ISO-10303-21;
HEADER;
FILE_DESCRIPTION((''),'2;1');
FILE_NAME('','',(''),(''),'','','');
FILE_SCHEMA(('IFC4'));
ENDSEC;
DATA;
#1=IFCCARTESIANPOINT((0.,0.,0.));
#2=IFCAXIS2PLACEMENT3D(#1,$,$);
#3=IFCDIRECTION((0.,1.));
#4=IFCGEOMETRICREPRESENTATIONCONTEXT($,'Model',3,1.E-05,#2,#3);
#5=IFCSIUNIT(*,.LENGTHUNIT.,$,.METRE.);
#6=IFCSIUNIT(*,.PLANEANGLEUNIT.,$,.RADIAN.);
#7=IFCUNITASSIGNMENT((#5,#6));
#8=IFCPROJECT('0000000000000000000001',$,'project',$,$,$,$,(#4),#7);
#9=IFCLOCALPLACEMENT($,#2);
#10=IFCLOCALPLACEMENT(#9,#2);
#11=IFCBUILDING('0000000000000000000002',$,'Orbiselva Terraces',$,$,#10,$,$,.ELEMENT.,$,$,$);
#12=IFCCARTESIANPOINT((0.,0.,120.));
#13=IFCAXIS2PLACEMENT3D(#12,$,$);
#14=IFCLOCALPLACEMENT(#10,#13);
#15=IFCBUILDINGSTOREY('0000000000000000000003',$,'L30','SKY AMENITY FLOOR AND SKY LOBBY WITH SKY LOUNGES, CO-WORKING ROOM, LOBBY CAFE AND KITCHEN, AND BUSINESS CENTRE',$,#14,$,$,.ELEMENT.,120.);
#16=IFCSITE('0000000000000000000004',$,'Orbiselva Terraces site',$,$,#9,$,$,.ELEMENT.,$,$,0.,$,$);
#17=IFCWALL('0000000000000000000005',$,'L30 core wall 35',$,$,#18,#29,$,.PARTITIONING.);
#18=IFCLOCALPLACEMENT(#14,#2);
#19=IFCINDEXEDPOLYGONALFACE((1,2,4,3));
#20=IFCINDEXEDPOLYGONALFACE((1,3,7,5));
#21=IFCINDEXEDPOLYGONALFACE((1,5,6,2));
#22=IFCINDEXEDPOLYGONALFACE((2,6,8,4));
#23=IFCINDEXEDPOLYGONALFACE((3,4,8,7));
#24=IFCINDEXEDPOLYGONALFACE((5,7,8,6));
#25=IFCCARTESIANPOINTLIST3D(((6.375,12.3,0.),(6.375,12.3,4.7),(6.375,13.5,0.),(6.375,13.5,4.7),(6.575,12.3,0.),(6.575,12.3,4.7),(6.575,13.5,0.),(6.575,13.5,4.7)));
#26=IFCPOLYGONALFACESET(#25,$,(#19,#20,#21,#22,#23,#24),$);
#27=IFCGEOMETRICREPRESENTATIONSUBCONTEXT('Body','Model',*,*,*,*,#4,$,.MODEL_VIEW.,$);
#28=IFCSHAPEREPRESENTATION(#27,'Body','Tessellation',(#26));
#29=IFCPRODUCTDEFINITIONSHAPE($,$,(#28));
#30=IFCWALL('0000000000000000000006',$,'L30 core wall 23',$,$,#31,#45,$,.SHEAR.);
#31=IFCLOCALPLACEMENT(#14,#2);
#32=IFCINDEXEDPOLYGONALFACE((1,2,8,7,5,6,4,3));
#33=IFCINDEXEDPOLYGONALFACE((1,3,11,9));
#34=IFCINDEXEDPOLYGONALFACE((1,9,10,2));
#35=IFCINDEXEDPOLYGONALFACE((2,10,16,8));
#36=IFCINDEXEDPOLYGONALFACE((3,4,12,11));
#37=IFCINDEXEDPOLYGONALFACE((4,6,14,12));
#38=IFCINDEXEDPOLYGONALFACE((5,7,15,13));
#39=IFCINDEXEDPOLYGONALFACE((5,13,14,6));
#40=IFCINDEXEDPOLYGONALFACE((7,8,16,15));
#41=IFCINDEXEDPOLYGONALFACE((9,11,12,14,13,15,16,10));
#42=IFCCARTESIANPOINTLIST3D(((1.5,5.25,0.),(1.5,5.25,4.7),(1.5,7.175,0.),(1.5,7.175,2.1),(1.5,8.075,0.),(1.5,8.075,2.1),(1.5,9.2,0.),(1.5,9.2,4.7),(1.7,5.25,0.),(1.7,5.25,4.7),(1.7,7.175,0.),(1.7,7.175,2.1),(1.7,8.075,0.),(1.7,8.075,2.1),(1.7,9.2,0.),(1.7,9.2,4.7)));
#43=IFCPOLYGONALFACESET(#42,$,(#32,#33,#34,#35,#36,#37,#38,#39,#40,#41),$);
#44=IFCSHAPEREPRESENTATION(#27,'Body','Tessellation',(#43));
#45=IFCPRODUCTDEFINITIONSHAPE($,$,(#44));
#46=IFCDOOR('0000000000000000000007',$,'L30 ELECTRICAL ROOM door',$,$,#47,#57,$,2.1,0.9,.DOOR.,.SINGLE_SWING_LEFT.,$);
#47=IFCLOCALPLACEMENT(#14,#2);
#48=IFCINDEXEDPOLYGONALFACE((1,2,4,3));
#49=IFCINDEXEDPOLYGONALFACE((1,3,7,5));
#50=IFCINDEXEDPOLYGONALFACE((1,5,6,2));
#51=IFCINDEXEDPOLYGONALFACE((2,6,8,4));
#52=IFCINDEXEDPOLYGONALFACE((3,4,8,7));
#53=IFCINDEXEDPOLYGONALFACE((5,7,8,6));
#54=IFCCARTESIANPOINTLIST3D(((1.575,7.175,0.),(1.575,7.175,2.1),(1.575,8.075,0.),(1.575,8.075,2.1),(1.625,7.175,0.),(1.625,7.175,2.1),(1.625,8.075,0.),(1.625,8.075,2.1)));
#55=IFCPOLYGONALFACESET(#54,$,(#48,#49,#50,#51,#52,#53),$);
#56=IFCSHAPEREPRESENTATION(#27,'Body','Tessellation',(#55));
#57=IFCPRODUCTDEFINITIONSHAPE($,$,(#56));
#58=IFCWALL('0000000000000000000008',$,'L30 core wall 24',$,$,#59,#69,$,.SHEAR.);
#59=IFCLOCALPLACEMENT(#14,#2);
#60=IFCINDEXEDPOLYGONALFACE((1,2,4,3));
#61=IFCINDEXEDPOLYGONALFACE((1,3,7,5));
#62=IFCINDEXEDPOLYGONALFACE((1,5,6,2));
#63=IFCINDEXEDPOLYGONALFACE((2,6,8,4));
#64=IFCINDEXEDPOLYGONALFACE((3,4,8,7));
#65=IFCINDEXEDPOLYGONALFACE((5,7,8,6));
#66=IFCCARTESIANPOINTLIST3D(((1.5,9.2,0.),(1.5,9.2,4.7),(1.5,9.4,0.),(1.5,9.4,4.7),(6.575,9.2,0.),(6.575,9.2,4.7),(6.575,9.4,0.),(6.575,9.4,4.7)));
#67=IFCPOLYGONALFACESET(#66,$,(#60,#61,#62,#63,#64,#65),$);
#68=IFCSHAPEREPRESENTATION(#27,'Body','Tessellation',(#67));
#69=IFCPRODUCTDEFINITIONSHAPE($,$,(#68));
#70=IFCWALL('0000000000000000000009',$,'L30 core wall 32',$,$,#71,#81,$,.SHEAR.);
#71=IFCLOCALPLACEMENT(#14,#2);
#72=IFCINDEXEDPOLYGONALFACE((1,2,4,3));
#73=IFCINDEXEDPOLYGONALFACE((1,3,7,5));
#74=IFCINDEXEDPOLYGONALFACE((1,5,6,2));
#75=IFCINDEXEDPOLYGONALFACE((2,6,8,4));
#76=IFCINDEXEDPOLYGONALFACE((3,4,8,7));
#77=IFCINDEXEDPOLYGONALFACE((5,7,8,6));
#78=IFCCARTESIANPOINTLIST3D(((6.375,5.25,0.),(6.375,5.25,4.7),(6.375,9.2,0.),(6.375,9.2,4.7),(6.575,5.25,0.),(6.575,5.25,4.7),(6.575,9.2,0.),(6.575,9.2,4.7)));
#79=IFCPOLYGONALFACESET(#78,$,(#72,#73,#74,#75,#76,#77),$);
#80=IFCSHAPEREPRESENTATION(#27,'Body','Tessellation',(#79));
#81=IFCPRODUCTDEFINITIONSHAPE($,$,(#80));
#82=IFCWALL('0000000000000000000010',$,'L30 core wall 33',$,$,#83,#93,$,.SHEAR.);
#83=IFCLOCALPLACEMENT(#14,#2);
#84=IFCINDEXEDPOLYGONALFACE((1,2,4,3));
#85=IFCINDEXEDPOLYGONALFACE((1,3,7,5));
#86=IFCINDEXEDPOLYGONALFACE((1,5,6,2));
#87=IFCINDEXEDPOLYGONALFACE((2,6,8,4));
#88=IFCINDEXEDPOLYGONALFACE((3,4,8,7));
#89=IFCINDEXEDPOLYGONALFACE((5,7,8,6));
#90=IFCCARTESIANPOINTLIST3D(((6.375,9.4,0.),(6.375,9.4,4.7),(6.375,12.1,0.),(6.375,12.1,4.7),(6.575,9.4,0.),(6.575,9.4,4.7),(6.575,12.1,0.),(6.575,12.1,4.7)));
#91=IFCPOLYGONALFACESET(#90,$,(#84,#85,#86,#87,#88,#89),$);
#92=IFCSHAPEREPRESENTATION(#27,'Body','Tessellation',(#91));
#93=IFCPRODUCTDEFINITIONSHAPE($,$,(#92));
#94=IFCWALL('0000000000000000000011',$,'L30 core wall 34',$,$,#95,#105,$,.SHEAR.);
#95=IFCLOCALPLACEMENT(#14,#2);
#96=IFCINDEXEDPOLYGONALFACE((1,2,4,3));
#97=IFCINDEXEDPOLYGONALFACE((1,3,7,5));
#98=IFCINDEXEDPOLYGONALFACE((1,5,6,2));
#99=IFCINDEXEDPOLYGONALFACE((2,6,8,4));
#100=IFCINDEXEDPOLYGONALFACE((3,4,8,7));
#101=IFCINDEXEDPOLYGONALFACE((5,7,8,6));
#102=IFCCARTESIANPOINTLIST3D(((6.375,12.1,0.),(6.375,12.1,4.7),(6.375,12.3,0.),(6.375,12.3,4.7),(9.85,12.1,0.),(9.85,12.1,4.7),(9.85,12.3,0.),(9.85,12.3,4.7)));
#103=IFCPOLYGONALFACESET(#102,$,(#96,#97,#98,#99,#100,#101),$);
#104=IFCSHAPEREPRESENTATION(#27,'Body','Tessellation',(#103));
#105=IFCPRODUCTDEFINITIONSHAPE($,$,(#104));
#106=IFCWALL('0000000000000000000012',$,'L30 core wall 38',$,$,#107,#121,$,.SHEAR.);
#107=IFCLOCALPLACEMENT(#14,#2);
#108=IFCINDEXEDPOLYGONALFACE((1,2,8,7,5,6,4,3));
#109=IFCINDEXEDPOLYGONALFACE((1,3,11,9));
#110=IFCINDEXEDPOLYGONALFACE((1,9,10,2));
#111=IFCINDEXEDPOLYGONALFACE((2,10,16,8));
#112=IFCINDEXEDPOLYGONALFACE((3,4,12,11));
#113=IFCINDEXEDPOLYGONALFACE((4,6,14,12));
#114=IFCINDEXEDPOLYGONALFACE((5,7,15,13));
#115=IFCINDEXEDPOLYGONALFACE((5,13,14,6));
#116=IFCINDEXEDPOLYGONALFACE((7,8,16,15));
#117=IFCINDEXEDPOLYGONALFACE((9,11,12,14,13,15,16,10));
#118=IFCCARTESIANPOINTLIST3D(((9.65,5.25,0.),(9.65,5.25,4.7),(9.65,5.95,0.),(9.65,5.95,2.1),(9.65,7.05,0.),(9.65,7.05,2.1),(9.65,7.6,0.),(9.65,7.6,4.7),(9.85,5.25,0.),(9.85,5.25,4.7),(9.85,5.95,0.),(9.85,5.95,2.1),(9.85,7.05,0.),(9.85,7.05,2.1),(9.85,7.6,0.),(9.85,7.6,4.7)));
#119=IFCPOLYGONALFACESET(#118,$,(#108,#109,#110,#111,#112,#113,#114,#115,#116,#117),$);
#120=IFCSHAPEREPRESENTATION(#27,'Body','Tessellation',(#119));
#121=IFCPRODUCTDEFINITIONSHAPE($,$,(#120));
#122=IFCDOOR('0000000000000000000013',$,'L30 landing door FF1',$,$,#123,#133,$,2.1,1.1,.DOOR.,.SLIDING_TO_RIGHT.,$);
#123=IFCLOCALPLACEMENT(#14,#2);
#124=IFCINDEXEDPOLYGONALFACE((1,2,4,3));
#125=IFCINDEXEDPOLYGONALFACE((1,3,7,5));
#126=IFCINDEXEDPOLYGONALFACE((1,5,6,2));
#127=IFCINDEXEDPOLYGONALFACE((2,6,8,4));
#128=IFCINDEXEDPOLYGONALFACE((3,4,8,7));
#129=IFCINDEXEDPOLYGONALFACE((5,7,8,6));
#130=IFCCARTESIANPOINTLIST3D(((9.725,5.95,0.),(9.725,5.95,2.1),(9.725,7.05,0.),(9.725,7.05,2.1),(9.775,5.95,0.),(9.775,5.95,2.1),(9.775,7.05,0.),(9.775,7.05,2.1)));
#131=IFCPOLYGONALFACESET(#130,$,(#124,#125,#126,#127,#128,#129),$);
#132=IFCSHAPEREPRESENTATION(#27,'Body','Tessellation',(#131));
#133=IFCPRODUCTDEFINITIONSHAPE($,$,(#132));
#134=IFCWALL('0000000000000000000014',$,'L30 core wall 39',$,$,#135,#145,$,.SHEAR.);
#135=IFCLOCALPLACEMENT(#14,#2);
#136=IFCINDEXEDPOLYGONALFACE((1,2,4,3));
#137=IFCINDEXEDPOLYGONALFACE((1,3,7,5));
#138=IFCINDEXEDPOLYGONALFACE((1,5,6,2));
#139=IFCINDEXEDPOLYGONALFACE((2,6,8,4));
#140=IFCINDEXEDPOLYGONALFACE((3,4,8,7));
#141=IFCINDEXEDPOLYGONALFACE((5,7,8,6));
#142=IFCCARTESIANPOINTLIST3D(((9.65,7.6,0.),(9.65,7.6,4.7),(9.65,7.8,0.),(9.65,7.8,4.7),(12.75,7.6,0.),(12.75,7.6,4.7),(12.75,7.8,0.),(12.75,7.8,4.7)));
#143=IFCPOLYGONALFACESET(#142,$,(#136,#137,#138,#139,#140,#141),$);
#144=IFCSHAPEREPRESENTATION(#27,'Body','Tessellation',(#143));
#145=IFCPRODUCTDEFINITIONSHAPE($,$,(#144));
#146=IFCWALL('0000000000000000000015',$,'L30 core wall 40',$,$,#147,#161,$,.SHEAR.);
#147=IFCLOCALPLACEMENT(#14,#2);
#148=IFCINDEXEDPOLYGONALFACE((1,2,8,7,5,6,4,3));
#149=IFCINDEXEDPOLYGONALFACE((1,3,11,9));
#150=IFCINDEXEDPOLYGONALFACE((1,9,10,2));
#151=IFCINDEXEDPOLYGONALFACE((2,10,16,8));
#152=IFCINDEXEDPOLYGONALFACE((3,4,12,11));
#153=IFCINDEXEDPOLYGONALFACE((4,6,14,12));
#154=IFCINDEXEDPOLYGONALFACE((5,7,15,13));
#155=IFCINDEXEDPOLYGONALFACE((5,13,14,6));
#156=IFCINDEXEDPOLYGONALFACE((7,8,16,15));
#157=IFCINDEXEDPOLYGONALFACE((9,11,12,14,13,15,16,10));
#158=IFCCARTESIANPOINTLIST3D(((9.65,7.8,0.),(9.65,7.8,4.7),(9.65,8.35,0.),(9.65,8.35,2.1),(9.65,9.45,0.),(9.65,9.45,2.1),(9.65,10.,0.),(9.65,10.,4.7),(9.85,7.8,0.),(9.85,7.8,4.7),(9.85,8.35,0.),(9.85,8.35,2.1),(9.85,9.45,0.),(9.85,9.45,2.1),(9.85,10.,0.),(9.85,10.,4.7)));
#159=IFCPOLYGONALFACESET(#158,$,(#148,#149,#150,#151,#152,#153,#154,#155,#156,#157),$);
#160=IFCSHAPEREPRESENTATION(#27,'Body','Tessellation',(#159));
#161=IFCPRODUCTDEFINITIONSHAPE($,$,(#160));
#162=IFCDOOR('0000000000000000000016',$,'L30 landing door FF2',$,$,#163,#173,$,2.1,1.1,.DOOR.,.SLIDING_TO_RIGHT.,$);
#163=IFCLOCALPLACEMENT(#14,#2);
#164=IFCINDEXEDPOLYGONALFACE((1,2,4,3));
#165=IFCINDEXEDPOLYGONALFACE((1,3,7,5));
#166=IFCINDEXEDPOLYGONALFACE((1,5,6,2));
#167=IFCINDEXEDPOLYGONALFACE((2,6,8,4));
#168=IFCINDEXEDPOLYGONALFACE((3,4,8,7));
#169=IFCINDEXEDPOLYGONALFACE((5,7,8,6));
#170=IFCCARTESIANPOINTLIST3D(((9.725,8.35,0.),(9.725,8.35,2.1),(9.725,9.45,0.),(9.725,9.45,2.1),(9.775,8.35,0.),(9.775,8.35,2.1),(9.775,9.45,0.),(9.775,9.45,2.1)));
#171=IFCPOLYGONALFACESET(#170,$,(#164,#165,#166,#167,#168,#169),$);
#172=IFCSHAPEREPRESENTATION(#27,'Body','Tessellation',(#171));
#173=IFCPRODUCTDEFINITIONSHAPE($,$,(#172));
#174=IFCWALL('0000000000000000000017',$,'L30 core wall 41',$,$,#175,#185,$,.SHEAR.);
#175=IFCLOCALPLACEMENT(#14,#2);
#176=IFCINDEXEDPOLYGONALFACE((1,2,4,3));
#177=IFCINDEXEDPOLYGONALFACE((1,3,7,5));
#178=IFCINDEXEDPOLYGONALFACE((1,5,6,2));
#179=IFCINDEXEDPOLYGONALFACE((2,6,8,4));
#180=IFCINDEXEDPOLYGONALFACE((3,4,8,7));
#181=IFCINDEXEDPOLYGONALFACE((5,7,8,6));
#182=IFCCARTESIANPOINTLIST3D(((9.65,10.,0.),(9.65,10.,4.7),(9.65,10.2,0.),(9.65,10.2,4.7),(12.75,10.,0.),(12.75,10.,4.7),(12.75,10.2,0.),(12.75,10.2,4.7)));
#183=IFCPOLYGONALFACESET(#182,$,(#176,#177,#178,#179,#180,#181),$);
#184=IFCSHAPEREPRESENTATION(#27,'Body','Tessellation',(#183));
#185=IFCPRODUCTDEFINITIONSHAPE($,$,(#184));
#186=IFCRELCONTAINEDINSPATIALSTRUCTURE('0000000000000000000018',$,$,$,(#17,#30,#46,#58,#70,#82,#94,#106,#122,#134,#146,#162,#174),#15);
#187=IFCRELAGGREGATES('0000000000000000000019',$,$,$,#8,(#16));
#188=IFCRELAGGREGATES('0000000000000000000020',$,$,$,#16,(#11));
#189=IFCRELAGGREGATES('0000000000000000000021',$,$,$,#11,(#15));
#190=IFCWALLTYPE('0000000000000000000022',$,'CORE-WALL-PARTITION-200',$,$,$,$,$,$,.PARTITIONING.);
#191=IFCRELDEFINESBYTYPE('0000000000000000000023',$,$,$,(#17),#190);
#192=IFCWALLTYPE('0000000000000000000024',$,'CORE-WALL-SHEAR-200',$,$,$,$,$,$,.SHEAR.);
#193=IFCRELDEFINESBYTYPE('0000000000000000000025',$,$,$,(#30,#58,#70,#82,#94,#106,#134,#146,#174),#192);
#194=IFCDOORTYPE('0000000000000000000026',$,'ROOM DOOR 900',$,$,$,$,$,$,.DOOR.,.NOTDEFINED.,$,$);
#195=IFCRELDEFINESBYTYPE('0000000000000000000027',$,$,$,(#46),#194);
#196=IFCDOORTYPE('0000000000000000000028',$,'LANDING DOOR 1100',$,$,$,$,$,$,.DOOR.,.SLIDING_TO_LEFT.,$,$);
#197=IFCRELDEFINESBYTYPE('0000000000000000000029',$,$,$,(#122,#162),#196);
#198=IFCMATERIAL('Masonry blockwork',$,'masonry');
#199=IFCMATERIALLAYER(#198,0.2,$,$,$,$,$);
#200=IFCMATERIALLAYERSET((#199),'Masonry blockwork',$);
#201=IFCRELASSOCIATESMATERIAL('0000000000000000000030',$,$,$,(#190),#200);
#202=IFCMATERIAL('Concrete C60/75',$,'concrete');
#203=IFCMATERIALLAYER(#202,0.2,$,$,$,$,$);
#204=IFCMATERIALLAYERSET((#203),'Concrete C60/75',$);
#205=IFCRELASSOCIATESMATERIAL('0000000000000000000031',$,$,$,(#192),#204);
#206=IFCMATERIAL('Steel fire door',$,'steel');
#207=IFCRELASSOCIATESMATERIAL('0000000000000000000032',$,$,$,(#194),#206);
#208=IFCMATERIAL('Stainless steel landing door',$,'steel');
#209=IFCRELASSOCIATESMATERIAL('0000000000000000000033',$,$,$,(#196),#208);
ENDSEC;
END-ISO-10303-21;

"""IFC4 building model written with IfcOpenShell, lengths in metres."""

from ifc_helpers import new_model, si_unit, direction, frame, frame_2d, origin, place, context, subcontext, project, spatial, rectangle, extrude, material, layer, layer_set, type_object, element, fill, save


model = new_model("IFC4")

# Units and contexts
model_context = context("Model", 3, precision=1e-05, world=origin(), true_north=direction((0.0, 1.0)))
body_context = subcontext(model_context, "Body", "Model", "MODEL_VIEW")
ifc_project = project(units=[si_unit("LENGTHUNIT", "METRE"), si_unit("PLANEANGLEUNIT", "RADIAN")], contexts=[model_context])

# Site, building, storey
site_placement = place(None, origin())
site = spatial("IfcSite", under=ifc_project, at=site_placement, Name="Orbiselva Terraces site", CompositionType="ELEMENT", RefElevation=0.0)
building_placement = place(site_placement, origin())
building = spatial("IfcBuilding", under=site, at=building_placement, Name="Orbiselva Terraces", CompositionType="ELEMENT")
storey_placement = place(building_placement, frame((0.0, 0.0, 120.0)))
storey = spatial("IfcBuildingStorey", under=building, at=storey_placement, Name="L30", Description="SKY AMENITY FLOOR AND SKY LOBBY WITH SKY LOUNGES, CO-WORKING ROOM, LOBBY CAFE AND KITCHEN, AND BUSINESS CENTRE", CompositionType="ELEMENT", Elevation=120.0)

# Wall
ifc_material_1 = material(Name="Masonry blockwork", Category="masonry")
ifc_layer_1 = layer(ifc_material_1, 0.2)
ifc_layer_set_1 = layer_set([ifc_layer_1], Name="Masonry blockwork")
wall_type_1 = type_object("IfcWallType", Name="CORE-WALL-PARTITION-200", PredefinedType="PARTITIONING", material=ifc_layer_set_1)
wall_1_placement = place(storey_placement, frame((6.475, 12.3, 0.0), z_axis=(0.0, 0.0, 1.0), x_axis=(0.0, 1.0, 0.0)))
element("IfcWall", 1, at=wall_1_placement, inside=storey, type_object=wall_type_1, Name="L30 core wall 35", PredefinedType="PARTITIONING", context=body_context, shape_type="SweptSolid", body=[
    extrude(rectangle(XDim=1.2, YDim=0.2, at=frame_2d((0.6, 0.0))), origin(), (0.0, 0.0, 1.0), 4.7),
])

# Wall, opening, door
ifc_material_2 = material(Name="Concrete C60/75", Category="concrete")
ifc_layer_2 = layer(ifc_material_2, 0.2)
ifc_layer_set_2 = layer_set([ifc_layer_2], Name="Concrete C60/75")
wall_type_2 = type_object("IfcWallType", Name="CORE-WALL-SHEAR-200", PredefinedType="SHEAR", material=ifc_layer_set_2)
wall_2_placement = place(storey_placement, frame((1.6, 9.2, 0.0), z_axis=(0.0, 0.0, 1.0), x_axis=(0.0, -1.0, 0.0)))
wall_2 = element("IfcWall", 2, at=wall_2_placement, inside=storey, type_object=wall_type_2, Name="L30 core wall 23", PredefinedType="SHEAR", context=body_context, shape_type="SweptSolid", body=[
    extrude(rectangle(XDim=3.95, YDim=0.2, at=frame_2d((1.975, 0.0))), origin(), (0.0, 0.0, 1.0), 4.7),
])
opening_1_placement = place(wall_2_placement, frame((1.125, 0.0, 0.0)))
opening_1 = element("IfcOpeningElement", 3, at=opening_1_placement, cuts=wall_2, PredefinedType="OPENING", context=body_context, shape_type="SweptSolid", body=[
    extrude(rectangle(XDim=0.9, YDim=2.1, at=frame_2d((0.45, 1.05))), frame((0.0, 0.11, 0.0), z_axis=(0.0, -1.0, 0.0), x_axis=(1.0, 0.0, 0.0)), (0.0, 0.0, 1.0), 0.22),
])
ifc_material_3 = material(Name="Steel fire door", Category="steel")
door_type_1 = type_object("IfcDoorType", Name="ROOM DOOR 900", OperationType="NOTDEFINED", PredefinedType="DOOR", material=ifc_material_3)
door_1_placement = place(opening_1_placement, origin())
door_1 = element("IfcDoor", 4, at=door_1_placement, inside=storey, type_object=door_type_1, Name="L30 ELECTRICAL ROOM door", OperationType="SINGLE_SWING_LEFT", OverallHeight=2.1, OverallWidth=0.9, PredefinedType="DOOR", context=body_context, shape_type="SweptSolid", body=[
    extrude(rectangle(XDim=0.9, YDim=2.1, at=frame_2d((0.45, 1.05))), frame((0.0, 0.025, 0.0), z_axis=(0.0, -1.0, 0.0), x_axis=(1.0, 0.0, 0.0)), (0.0, 0.0, 1.0), 0.05),
])
fill(opening_1, door_1)

# Walls
wall_3_placement = place(storey_placement, frame((1.5, 9.3, 0.0), z_axis=(0.0, 0.0, 1.0), x_axis=(1.0, 0.0, 0.0)))
element("IfcWall", 5, at=wall_3_placement, inside=storey, type_object=wall_type_2, Name="L30 core wall 24", PredefinedType="SHEAR", context=body_context, shape_type="SweptSolid", body=[
    extrude(rectangle(XDim=5.075, YDim=0.2, at=frame_2d((2.5375, 0.0))), origin(), (0.0, 0.0, 1.0), 4.7),
])
wall_4_placement = place(storey_placement, frame((6.475, 5.25, 0.0), z_axis=(0.0, 0.0, 1.0), x_axis=(0.0, 1.0, 0.0)))
element("IfcWall", 6, at=wall_4_placement, inside=storey, type_object=wall_type_2, Name="L30 core wall 32", PredefinedType="SHEAR", context=body_context, shape_type="SweptSolid", body=[
    extrude(rectangle(XDim=3.95, YDim=0.2, at=frame_2d((1.975, 0.0))), origin(), (0.0, 0.0, 1.0), 4.7),
])
wall_5_placement = place(storey_placement, frame((6.475, 9.4, 0.0), z_axis=(0.0, 0.0, 1.0), x_axis=(0.0, 1.0, 0.0)))
element("IfcWall", 7, at=wall_5_placement, inside=storey, type_object=wall_type_2, Name="L30 core wall 33", PredefinedType="SHEAR", context=body_context, shape_type="SweptSolid", body=[
    extrude(rectangle(XDim=2.7, YDim=0.2, at=frame_2d((1.35, 0.0))), origin(), (0.0, 0.0, 1.0), 4.7),
])
wall_6_placement = place(storey_placement, frame((6.375, 12.2, 0.0), z_axis=(0.0, 0.0, 1.0), x_axis=(1.0, 0.0, 0.0)))
element("IfcWall", 8, at=wall_6_placement, inside=storey, type_object=wall_type_2, Name="L30 core wall 34", PredefinedType="SHEAR", context=body_context, shape_type="SweptSolid", body=[
    extrude(rectangle(XDim=3.475, YDim=0.2, at=frame_2d((1.7375, 0.0))), origin(), (0.0, 0.0, 1.0), 4.7),
])

# Wall, opening, door
wall_7_placement = place(storey_placement, frame((9.75, 5.25, 0.0), z_axis=(0.0, 0.0, 1.0), x_axis=(0.0, 1.0, 0.0)))
wall_7 = element("IfcWall", 9, at=wall_7_placement, inside=storey, type_object=wall_type_2, Name="L30 core wall 38", PredefinedType="SHEAR", context=body_context, shape_type="SweptSolid", body=[
    extrude(rectangle(XDim=2.35, YDim=0.2, at=frame_2d((1.175, 0.0))), origin(), (0.0, 0.0, 1.0), 4.7),
])
opening_2_placement = place(wall_7_placement, frame((0.7, 0.0, 0.0)))
opening_2 = element("IfcOpeningElement", 10, at=opening_2_placement, cuts=wall_7, PredefinedType="OPENING", context=body_context, shape_type="SweptSolid", body=[
    extrude(rectangle(XDim=1.1, YDim=2.1, at=frame_2d((0.55, 1.05))), frame((0.0, 0.11, 0.0), z_axis=(0.0, -1.0, 0.0), x_axis=(1.0, 0.0, 0.0)), (0.0, 0.0, 1.0), 0.22),
])
ifc_material_4 = material(Name="Stainless steel landing door", Category="steel")
door_type_2 = type_object("IfcDoorType", Name="LANDING DOOR 1100", OperationType="SLIDING_TO_LEFT", PredefinedType="DOOR", material=ifc_material_4)
door_2_placement = place(opening_2_placement, origin())
door_2 = element("IfcDoor", 11, at=door_2_placement, inside=storey, type_object=door_type_2, Name="L30 landing door FF1", OperationType="SLIDING_TO_RIGHT", OverallHeight=2.1, OverallWidth=1.1, PredefinedType="DOOR", context=body_context, shape_type="SweptSolid", body=[
    extrude(rectangle(XDim=1.1, YDim=2.1, at=frame_2d((0.55, 1.05))), frame((0.0, 0.025, 0.0), z_axis=(0.0, -1.0, 0.0), x_axis=(1.0, 0.0, 0.0)), (0.0, 0.0, 1.0), 0.05),
])
fill(opening_2, door_2)

# Wall
wall_8_placement = place(storey_placement, frame((9.65, 7.7, 0.0), z_axis=(0.0, 0.0, 1.0), x_axis=(1.0, 0.0, 0.0)))
element("IfcWall", 12, at=wall_8_placement, inside=storey, type_object=wall_type_2, Name="L30 core wall 39", PredefinedType="SHEAR", context=body_context, shape_type="SweptSolid", body=[
    extrude(rectangle(XDim=3.1, YDim=0.2, at=frame_2d((1.55, 0.0))), origin(), (0.0, 0.0, 1.0), 4.7),
])

# Wall, opening, door
wall_9_placement = place(storey_placement, frame((9.75, 7.8, 0.0), z_axis=(0.0, 0.0, 1.0), x_axis=(0.0, 1.0, 0.0)))
wall_9 = element("IfcWall", 13, at=wall_9_placement, inside=storey, type_object=wall_type_2, Name="L30 core wall 40", PredefinedType="SHEAR", context=body_context, shape_type="SweptSolid", body=[
    extrude(rectangle(XDim=2.2, YDim=0.2, at=frame_2d((1.1, 0.0))), origin(), (0.0, 0.0, 1.0), 4.7),
])
opening_3_placement = place(wall_9_placement, frame((0.55, 0.0, 0.0)))
opening_3 = element("IfcOpeningElement", 14, at=opening_3_placement, cuts=wall_9, PredefinedType="OPENING", context=body_context, shape_type="SweptSolid", body=[
    extrude(rectangle(XDim=1.1, YDim=2.1, at=frame_2d((0.55, 1.05))), frame((0.0, 0.11, 0.0), z_axis=(0.0, -1.0, 0.0), x_axis=(1.0, 0.0, 0.0)), (0.0, 0.0, 1.0), 0.22),
])
door_3_placement = place(opening_3_placement, origin())
door_3 = element("IfcDoor", 15, at=door_3_placement, inside=storey, type_object=door_type_2, Name="L30 landing door FF2", OperationType="SLIDING_TO_RIGHT", OverallHeight=2.1, OverallWidth=1.1, PredefinedType="DOOR", context=body_context, shape_type="SweptSolid", body=[
    extrude(rectangle(XDim=1.1, YDim=2.1, at=frame_2d((0.55, 1.05))), frame((0.0, 0.025, 0.0), z_axis=(0.0, -1.0, 0.0), x_axis=(1.0, 0.0, 0.0)), (0.0, 0.0, 1.0), 0.05),
])
fill(opening_3, door_3)

# Wall
wall_10_placement = place(storey_placement, frame((9.65, 10.1, 0.0), z_axis=(0.0, 0.0, 1.0), x_axis=(1.0, 0.0, 0.0)))
element("IfcWall", 16, at=wall_10_placement, inside=storey, type_object=wall_type_2, Name="L30 core wall 41", PredefinedType="SHEAR", context=body_context, shape_type="SweptSolid", body=[
    extrude(rectangle(XDim=3.1, YDim=0.2, at=frame_2d((1.55, 0.0))), origin(), (0.0, 0.0, 1.0), 4.7),
])

save(model, "model.ifc")
